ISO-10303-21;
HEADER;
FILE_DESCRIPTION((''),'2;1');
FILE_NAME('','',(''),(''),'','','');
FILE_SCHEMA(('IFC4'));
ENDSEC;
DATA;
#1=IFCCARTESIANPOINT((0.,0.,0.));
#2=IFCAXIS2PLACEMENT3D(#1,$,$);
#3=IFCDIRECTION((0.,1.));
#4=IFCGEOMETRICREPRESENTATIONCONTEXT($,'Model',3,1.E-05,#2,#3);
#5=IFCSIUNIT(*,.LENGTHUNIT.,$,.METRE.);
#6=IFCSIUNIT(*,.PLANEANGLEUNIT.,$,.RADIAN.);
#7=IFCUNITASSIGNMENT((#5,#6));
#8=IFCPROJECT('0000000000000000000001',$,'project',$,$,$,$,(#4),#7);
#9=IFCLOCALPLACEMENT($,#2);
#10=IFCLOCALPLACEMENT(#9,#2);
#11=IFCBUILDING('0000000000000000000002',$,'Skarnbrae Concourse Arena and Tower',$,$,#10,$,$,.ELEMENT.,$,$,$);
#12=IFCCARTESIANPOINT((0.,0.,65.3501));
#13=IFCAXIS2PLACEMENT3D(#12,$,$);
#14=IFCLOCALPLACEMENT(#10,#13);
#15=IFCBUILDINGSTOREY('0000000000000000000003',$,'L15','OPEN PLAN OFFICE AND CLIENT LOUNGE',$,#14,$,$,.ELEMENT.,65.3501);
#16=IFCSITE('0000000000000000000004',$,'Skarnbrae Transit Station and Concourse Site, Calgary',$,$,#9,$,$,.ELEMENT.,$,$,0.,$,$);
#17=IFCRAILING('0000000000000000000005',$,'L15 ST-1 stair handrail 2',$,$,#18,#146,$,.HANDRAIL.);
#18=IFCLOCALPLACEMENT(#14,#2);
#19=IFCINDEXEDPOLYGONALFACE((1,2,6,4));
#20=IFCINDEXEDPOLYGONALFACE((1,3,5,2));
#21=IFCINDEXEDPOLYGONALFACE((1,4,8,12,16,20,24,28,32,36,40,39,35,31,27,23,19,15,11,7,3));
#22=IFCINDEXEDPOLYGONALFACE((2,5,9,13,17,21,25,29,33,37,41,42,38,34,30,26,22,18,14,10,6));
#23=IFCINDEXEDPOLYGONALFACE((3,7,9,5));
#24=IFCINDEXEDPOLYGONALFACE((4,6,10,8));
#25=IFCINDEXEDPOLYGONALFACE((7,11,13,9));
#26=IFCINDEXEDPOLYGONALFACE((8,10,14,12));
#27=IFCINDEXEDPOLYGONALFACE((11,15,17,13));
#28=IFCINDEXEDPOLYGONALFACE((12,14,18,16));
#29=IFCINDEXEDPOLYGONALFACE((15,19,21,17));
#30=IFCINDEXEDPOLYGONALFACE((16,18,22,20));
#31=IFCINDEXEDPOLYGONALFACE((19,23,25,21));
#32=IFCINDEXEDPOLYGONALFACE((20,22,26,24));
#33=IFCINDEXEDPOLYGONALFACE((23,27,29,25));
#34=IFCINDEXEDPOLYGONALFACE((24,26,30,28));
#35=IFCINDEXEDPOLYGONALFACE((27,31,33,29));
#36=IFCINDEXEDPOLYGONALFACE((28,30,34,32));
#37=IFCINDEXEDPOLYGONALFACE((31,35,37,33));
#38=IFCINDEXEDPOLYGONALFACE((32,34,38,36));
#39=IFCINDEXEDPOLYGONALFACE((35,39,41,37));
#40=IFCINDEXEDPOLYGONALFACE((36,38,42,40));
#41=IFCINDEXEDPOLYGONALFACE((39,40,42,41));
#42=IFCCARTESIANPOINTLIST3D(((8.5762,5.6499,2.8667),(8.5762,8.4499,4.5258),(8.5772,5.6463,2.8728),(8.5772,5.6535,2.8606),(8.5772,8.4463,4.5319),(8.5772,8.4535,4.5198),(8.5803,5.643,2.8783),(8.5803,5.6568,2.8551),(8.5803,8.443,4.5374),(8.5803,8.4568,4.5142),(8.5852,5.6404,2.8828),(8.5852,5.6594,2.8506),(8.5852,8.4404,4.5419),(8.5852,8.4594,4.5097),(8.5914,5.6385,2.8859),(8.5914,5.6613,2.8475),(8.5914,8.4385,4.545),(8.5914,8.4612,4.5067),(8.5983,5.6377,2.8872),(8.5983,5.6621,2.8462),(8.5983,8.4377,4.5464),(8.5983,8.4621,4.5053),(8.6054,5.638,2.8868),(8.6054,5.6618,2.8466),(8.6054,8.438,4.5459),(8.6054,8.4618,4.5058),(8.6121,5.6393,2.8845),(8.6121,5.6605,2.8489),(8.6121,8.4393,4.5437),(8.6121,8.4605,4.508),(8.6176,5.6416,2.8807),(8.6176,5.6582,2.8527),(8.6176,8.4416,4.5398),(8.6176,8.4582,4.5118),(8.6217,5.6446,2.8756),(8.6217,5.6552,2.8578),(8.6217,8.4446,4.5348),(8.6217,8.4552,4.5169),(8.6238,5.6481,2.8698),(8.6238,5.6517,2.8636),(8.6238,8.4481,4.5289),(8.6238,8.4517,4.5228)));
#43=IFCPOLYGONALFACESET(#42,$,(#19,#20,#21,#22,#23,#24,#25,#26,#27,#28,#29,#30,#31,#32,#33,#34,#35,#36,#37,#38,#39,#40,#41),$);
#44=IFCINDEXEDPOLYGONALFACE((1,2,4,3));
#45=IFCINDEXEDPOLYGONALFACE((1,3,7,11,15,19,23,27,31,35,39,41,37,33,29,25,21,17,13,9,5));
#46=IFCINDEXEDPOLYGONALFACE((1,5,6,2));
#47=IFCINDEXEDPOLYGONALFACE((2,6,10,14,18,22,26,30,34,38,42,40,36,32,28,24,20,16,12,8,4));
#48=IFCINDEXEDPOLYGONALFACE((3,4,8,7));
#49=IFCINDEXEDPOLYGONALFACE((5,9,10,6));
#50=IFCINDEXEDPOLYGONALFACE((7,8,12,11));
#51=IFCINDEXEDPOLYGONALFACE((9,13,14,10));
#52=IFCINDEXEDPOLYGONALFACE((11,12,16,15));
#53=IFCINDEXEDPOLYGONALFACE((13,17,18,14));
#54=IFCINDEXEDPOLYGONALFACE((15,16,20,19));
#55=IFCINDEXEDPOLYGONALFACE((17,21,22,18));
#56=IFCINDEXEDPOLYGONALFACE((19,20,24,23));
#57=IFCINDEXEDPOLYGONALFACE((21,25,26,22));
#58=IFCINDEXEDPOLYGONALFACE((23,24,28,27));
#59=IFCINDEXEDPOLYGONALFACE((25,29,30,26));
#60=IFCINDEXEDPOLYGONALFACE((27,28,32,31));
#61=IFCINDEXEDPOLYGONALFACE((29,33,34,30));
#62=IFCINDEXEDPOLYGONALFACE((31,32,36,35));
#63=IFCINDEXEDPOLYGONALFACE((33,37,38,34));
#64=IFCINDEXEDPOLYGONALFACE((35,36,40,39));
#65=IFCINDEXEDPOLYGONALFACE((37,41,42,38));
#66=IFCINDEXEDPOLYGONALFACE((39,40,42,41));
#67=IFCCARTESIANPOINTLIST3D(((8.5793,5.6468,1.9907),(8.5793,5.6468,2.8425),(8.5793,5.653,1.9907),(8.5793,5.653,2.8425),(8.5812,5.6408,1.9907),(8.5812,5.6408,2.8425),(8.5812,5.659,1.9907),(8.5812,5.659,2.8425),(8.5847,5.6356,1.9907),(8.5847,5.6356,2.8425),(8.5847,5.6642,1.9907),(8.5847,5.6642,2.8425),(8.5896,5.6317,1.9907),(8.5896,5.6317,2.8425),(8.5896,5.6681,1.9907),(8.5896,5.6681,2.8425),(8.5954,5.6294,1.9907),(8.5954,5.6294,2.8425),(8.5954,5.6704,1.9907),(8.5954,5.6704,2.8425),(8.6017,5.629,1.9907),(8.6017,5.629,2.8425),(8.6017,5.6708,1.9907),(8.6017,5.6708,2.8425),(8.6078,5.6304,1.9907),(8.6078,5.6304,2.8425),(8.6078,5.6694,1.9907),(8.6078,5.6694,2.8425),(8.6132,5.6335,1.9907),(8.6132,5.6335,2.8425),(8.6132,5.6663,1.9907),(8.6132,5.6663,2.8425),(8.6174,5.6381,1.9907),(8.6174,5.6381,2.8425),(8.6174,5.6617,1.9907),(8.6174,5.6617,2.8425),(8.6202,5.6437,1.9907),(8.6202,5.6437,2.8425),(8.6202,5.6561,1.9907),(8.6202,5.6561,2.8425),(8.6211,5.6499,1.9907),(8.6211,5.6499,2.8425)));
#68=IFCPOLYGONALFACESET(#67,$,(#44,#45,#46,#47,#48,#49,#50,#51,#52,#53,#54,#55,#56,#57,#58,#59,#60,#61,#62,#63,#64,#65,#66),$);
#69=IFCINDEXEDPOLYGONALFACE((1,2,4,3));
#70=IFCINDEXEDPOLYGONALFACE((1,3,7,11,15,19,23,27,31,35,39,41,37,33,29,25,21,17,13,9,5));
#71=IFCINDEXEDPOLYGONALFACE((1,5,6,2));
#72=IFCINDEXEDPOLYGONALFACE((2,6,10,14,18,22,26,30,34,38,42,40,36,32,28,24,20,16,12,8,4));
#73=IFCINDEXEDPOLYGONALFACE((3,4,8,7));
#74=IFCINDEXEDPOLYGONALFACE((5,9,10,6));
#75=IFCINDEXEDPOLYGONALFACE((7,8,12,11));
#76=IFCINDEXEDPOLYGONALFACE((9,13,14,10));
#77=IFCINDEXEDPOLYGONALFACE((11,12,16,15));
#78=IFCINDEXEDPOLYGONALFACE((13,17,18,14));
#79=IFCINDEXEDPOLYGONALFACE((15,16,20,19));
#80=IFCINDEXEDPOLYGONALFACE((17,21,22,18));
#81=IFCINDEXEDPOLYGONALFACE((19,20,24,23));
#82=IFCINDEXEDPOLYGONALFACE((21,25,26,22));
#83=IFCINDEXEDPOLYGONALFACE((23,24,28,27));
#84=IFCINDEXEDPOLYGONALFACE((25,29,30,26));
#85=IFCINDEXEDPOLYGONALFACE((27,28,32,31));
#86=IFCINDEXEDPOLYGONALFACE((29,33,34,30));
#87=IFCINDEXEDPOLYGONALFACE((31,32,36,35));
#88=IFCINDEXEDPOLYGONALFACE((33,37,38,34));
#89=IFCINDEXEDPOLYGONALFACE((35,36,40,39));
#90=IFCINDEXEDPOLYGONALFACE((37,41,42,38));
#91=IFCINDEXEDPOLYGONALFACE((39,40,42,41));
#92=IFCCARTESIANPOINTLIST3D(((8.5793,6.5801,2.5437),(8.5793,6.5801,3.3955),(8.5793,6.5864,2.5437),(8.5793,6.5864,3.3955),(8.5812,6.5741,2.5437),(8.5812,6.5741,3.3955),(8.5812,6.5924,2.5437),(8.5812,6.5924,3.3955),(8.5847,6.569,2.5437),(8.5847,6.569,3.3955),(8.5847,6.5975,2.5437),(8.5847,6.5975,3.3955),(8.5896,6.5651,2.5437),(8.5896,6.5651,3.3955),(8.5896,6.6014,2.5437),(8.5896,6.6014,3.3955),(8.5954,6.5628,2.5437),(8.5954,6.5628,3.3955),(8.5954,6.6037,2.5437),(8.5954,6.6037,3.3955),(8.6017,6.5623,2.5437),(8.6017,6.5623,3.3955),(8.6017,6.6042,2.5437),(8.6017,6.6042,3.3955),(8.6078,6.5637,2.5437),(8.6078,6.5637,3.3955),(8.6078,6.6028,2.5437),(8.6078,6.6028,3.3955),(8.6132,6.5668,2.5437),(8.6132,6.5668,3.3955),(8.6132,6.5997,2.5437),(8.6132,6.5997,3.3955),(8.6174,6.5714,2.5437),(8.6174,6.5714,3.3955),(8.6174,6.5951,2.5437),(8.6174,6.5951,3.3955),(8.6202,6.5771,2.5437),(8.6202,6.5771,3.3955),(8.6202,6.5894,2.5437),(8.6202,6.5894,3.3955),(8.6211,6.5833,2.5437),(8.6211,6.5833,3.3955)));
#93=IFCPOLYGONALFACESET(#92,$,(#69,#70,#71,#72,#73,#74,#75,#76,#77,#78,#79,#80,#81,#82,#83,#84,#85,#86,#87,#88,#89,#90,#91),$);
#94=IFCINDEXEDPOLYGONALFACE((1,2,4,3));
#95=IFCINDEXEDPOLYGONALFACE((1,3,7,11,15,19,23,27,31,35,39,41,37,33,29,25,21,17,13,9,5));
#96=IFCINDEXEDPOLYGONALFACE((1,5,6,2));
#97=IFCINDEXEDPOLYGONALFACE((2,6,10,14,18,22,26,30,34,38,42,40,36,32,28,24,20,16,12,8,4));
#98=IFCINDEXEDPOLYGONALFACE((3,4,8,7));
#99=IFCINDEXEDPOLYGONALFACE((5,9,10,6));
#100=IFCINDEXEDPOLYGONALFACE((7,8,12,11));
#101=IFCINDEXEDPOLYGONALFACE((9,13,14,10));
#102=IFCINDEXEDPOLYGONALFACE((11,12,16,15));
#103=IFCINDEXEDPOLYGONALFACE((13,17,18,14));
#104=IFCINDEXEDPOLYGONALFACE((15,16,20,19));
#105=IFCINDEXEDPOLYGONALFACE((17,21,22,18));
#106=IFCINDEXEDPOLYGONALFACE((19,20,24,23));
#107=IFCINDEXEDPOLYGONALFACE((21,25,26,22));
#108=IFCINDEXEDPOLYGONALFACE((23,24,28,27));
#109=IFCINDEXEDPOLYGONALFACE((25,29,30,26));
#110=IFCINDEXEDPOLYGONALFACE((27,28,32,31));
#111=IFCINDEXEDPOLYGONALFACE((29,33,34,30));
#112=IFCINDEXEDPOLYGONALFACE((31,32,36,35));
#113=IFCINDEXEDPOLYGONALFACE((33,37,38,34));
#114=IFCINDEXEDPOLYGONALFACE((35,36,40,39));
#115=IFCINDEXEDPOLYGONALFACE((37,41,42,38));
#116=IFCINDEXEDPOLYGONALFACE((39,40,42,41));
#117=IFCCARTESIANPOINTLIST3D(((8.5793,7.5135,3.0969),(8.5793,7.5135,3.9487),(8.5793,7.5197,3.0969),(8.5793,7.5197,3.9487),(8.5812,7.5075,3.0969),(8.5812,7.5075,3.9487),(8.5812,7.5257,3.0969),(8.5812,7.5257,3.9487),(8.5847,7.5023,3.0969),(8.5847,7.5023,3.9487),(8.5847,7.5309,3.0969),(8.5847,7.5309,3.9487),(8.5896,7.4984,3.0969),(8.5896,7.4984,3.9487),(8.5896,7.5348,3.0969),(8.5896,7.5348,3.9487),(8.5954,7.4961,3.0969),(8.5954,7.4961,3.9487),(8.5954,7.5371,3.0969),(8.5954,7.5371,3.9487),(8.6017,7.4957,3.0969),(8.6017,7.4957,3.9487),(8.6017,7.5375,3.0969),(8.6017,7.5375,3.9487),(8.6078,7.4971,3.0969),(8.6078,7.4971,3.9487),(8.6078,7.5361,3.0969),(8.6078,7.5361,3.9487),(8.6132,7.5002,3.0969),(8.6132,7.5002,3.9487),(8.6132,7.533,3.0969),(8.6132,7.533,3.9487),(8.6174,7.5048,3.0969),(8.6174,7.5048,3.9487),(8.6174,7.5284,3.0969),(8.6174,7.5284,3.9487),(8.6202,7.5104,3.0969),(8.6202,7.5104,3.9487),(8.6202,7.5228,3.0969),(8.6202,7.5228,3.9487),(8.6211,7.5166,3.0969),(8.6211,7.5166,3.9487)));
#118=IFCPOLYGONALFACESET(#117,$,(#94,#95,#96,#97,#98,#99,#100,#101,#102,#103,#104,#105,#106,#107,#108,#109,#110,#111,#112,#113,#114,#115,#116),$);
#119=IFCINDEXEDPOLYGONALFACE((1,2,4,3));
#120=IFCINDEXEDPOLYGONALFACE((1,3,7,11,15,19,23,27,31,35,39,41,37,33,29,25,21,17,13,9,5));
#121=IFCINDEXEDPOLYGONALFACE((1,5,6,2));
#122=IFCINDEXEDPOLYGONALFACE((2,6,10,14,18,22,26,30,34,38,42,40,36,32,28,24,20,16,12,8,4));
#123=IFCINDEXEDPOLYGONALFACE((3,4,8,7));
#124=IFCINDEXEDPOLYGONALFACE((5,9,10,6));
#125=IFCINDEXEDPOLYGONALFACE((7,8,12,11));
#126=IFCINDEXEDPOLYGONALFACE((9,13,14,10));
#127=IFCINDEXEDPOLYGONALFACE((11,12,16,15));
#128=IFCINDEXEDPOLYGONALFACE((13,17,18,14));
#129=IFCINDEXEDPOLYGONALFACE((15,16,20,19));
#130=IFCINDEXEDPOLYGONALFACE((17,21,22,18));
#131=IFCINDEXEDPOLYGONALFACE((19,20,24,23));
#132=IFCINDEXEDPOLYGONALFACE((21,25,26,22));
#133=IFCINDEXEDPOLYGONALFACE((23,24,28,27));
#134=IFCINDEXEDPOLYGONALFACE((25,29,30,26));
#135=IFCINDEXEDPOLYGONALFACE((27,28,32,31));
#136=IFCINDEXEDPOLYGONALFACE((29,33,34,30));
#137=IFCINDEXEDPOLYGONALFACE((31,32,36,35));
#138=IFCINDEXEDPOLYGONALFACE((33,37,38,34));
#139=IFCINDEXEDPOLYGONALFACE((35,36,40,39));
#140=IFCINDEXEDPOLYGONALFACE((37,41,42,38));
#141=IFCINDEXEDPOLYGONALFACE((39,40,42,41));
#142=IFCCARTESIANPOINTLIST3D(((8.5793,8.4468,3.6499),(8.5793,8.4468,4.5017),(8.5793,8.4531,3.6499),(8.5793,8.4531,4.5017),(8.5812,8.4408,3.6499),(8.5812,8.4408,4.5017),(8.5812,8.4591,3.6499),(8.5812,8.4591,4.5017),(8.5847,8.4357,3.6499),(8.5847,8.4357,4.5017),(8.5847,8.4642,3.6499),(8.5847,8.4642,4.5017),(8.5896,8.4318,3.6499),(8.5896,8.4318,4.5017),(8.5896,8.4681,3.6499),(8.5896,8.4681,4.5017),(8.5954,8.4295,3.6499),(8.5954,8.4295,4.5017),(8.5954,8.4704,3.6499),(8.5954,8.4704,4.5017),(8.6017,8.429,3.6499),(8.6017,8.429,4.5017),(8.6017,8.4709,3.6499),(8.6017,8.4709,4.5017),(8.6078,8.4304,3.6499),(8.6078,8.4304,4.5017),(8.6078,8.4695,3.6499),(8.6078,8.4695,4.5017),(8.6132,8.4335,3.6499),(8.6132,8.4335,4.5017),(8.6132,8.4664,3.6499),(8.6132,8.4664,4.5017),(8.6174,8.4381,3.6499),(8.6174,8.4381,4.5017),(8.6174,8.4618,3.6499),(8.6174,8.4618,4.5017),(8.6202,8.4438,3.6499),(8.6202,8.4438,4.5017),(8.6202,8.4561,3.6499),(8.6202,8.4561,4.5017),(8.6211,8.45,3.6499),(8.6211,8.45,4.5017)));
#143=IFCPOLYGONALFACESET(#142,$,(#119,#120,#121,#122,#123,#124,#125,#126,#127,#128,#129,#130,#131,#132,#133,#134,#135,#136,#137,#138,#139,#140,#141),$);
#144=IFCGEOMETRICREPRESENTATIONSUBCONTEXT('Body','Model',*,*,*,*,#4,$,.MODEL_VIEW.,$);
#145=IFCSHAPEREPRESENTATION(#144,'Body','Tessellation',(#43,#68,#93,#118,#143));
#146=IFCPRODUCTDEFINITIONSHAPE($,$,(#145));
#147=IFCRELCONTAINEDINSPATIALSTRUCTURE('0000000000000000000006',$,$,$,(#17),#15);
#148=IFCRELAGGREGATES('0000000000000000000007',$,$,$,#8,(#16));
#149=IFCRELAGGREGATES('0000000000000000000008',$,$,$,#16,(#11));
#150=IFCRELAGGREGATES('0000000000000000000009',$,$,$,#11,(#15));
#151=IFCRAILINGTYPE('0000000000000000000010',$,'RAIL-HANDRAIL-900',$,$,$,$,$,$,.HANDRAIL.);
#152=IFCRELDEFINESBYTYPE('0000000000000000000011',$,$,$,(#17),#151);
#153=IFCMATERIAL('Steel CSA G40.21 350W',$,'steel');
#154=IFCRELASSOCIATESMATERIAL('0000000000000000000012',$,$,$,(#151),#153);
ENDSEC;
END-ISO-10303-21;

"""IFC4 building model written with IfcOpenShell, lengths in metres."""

from ifc_helpers import new_model, si_unit, direction, frame, origin, origin_2d, place, context, subcontext, project, spatial, circle, extrude, material, type_object, element, save


model = new_model("IFC4")

# Units and contexts
model_context = context("Model", 3, precision=1e-05, world=origin(), true_north=direction((0.0, 1.0)))
body_context = subcontext(model_context, "Body", "Model", "MODEL_VIEW")
ifc_project = project(units=[si_unit("LENGTHUNIT", "METRE"), si_unit("PLANEANGLEUNIT", "RADIAN")], contexts=[model_context])

# Site, building, storey
site_placement = place(None, origin())
site = spatial("IfcSite", under=ifc_project, at=site_placement, Name="Skarnbrae Transit Station and Concourse Site, Calgary", CompositionType="ELEMENT", RefElevation=0.0)
building_placement = place(site_placement, origin())
building = spatial("IfcBuilding", under=site, at=building_placement, Name="Skarnbrae Concourse Arena and Tower", CompositionType="ELEMENT")
storey_placement = place(building_placement, frame((0.0, 0.0, 65.3501)))
storey = spatial("IfcBuildingStorey", under=building, at=storey_placement, Name="L15", Description="OPEN PLAN OFFICE AND CLIENT LOUNGE", CompositionType="ELEMENT", Elevation=65.3501)

# Shared definitions
ifc_material_1 = material(Name="Steel CSA G40.21 350W", Category="steel")

# Railing
railing_type_1 = type_object("IfcRailingType", Name="RAIL-HANDRAIL-900", PredefinedType="HANDRAIL", material=ifc_material_1)
railing_1_placement = place(storey_placement, frame((8.6001, 5.6499, 1.9907)))
element("IfcRailing", 1, at=railing_1_placement, inside=storey, type_object=railing_type_1, Name="L15 ST-1 stair handrail 2", PredefinedType="HANDRAIL", context=body_context, shape_type="SweptSolid", body=[
    extrude(circle(Radius=0.0239, at=origin_2d()), frame((0.0, 0.0, 0.876), z_axis=(0.0, 0.860306, 0.509778), x_axis=(-1.0, 0.0, 0.0)), (0.0, 0.0, 1.0), 3.2546),
    extrude(circle(Radius=0.021, at=origin_2d()), origin(), (0.0, 0.0, 1.0), 0.8518),
    extrude(circle(Radius=0.021, at=origin_2d()), frame((0.0, 0.9333, 0.553)), (0.0, 0.0, 1.0), 0.8518),
    extrude(circle(Radius=0.021, at=origin_2d()), frame((0.0, 1.8667, 1.1062)), (0.0, 0.0, 1.0), 0.8518),
    extrude(circle(Radius=0.021, at=origin_2d()), frame((0.0, 2.8, 1.6592)), (0.0, 0.0, 1.0), 0.8518),
])

save(model, "model.ifc")
